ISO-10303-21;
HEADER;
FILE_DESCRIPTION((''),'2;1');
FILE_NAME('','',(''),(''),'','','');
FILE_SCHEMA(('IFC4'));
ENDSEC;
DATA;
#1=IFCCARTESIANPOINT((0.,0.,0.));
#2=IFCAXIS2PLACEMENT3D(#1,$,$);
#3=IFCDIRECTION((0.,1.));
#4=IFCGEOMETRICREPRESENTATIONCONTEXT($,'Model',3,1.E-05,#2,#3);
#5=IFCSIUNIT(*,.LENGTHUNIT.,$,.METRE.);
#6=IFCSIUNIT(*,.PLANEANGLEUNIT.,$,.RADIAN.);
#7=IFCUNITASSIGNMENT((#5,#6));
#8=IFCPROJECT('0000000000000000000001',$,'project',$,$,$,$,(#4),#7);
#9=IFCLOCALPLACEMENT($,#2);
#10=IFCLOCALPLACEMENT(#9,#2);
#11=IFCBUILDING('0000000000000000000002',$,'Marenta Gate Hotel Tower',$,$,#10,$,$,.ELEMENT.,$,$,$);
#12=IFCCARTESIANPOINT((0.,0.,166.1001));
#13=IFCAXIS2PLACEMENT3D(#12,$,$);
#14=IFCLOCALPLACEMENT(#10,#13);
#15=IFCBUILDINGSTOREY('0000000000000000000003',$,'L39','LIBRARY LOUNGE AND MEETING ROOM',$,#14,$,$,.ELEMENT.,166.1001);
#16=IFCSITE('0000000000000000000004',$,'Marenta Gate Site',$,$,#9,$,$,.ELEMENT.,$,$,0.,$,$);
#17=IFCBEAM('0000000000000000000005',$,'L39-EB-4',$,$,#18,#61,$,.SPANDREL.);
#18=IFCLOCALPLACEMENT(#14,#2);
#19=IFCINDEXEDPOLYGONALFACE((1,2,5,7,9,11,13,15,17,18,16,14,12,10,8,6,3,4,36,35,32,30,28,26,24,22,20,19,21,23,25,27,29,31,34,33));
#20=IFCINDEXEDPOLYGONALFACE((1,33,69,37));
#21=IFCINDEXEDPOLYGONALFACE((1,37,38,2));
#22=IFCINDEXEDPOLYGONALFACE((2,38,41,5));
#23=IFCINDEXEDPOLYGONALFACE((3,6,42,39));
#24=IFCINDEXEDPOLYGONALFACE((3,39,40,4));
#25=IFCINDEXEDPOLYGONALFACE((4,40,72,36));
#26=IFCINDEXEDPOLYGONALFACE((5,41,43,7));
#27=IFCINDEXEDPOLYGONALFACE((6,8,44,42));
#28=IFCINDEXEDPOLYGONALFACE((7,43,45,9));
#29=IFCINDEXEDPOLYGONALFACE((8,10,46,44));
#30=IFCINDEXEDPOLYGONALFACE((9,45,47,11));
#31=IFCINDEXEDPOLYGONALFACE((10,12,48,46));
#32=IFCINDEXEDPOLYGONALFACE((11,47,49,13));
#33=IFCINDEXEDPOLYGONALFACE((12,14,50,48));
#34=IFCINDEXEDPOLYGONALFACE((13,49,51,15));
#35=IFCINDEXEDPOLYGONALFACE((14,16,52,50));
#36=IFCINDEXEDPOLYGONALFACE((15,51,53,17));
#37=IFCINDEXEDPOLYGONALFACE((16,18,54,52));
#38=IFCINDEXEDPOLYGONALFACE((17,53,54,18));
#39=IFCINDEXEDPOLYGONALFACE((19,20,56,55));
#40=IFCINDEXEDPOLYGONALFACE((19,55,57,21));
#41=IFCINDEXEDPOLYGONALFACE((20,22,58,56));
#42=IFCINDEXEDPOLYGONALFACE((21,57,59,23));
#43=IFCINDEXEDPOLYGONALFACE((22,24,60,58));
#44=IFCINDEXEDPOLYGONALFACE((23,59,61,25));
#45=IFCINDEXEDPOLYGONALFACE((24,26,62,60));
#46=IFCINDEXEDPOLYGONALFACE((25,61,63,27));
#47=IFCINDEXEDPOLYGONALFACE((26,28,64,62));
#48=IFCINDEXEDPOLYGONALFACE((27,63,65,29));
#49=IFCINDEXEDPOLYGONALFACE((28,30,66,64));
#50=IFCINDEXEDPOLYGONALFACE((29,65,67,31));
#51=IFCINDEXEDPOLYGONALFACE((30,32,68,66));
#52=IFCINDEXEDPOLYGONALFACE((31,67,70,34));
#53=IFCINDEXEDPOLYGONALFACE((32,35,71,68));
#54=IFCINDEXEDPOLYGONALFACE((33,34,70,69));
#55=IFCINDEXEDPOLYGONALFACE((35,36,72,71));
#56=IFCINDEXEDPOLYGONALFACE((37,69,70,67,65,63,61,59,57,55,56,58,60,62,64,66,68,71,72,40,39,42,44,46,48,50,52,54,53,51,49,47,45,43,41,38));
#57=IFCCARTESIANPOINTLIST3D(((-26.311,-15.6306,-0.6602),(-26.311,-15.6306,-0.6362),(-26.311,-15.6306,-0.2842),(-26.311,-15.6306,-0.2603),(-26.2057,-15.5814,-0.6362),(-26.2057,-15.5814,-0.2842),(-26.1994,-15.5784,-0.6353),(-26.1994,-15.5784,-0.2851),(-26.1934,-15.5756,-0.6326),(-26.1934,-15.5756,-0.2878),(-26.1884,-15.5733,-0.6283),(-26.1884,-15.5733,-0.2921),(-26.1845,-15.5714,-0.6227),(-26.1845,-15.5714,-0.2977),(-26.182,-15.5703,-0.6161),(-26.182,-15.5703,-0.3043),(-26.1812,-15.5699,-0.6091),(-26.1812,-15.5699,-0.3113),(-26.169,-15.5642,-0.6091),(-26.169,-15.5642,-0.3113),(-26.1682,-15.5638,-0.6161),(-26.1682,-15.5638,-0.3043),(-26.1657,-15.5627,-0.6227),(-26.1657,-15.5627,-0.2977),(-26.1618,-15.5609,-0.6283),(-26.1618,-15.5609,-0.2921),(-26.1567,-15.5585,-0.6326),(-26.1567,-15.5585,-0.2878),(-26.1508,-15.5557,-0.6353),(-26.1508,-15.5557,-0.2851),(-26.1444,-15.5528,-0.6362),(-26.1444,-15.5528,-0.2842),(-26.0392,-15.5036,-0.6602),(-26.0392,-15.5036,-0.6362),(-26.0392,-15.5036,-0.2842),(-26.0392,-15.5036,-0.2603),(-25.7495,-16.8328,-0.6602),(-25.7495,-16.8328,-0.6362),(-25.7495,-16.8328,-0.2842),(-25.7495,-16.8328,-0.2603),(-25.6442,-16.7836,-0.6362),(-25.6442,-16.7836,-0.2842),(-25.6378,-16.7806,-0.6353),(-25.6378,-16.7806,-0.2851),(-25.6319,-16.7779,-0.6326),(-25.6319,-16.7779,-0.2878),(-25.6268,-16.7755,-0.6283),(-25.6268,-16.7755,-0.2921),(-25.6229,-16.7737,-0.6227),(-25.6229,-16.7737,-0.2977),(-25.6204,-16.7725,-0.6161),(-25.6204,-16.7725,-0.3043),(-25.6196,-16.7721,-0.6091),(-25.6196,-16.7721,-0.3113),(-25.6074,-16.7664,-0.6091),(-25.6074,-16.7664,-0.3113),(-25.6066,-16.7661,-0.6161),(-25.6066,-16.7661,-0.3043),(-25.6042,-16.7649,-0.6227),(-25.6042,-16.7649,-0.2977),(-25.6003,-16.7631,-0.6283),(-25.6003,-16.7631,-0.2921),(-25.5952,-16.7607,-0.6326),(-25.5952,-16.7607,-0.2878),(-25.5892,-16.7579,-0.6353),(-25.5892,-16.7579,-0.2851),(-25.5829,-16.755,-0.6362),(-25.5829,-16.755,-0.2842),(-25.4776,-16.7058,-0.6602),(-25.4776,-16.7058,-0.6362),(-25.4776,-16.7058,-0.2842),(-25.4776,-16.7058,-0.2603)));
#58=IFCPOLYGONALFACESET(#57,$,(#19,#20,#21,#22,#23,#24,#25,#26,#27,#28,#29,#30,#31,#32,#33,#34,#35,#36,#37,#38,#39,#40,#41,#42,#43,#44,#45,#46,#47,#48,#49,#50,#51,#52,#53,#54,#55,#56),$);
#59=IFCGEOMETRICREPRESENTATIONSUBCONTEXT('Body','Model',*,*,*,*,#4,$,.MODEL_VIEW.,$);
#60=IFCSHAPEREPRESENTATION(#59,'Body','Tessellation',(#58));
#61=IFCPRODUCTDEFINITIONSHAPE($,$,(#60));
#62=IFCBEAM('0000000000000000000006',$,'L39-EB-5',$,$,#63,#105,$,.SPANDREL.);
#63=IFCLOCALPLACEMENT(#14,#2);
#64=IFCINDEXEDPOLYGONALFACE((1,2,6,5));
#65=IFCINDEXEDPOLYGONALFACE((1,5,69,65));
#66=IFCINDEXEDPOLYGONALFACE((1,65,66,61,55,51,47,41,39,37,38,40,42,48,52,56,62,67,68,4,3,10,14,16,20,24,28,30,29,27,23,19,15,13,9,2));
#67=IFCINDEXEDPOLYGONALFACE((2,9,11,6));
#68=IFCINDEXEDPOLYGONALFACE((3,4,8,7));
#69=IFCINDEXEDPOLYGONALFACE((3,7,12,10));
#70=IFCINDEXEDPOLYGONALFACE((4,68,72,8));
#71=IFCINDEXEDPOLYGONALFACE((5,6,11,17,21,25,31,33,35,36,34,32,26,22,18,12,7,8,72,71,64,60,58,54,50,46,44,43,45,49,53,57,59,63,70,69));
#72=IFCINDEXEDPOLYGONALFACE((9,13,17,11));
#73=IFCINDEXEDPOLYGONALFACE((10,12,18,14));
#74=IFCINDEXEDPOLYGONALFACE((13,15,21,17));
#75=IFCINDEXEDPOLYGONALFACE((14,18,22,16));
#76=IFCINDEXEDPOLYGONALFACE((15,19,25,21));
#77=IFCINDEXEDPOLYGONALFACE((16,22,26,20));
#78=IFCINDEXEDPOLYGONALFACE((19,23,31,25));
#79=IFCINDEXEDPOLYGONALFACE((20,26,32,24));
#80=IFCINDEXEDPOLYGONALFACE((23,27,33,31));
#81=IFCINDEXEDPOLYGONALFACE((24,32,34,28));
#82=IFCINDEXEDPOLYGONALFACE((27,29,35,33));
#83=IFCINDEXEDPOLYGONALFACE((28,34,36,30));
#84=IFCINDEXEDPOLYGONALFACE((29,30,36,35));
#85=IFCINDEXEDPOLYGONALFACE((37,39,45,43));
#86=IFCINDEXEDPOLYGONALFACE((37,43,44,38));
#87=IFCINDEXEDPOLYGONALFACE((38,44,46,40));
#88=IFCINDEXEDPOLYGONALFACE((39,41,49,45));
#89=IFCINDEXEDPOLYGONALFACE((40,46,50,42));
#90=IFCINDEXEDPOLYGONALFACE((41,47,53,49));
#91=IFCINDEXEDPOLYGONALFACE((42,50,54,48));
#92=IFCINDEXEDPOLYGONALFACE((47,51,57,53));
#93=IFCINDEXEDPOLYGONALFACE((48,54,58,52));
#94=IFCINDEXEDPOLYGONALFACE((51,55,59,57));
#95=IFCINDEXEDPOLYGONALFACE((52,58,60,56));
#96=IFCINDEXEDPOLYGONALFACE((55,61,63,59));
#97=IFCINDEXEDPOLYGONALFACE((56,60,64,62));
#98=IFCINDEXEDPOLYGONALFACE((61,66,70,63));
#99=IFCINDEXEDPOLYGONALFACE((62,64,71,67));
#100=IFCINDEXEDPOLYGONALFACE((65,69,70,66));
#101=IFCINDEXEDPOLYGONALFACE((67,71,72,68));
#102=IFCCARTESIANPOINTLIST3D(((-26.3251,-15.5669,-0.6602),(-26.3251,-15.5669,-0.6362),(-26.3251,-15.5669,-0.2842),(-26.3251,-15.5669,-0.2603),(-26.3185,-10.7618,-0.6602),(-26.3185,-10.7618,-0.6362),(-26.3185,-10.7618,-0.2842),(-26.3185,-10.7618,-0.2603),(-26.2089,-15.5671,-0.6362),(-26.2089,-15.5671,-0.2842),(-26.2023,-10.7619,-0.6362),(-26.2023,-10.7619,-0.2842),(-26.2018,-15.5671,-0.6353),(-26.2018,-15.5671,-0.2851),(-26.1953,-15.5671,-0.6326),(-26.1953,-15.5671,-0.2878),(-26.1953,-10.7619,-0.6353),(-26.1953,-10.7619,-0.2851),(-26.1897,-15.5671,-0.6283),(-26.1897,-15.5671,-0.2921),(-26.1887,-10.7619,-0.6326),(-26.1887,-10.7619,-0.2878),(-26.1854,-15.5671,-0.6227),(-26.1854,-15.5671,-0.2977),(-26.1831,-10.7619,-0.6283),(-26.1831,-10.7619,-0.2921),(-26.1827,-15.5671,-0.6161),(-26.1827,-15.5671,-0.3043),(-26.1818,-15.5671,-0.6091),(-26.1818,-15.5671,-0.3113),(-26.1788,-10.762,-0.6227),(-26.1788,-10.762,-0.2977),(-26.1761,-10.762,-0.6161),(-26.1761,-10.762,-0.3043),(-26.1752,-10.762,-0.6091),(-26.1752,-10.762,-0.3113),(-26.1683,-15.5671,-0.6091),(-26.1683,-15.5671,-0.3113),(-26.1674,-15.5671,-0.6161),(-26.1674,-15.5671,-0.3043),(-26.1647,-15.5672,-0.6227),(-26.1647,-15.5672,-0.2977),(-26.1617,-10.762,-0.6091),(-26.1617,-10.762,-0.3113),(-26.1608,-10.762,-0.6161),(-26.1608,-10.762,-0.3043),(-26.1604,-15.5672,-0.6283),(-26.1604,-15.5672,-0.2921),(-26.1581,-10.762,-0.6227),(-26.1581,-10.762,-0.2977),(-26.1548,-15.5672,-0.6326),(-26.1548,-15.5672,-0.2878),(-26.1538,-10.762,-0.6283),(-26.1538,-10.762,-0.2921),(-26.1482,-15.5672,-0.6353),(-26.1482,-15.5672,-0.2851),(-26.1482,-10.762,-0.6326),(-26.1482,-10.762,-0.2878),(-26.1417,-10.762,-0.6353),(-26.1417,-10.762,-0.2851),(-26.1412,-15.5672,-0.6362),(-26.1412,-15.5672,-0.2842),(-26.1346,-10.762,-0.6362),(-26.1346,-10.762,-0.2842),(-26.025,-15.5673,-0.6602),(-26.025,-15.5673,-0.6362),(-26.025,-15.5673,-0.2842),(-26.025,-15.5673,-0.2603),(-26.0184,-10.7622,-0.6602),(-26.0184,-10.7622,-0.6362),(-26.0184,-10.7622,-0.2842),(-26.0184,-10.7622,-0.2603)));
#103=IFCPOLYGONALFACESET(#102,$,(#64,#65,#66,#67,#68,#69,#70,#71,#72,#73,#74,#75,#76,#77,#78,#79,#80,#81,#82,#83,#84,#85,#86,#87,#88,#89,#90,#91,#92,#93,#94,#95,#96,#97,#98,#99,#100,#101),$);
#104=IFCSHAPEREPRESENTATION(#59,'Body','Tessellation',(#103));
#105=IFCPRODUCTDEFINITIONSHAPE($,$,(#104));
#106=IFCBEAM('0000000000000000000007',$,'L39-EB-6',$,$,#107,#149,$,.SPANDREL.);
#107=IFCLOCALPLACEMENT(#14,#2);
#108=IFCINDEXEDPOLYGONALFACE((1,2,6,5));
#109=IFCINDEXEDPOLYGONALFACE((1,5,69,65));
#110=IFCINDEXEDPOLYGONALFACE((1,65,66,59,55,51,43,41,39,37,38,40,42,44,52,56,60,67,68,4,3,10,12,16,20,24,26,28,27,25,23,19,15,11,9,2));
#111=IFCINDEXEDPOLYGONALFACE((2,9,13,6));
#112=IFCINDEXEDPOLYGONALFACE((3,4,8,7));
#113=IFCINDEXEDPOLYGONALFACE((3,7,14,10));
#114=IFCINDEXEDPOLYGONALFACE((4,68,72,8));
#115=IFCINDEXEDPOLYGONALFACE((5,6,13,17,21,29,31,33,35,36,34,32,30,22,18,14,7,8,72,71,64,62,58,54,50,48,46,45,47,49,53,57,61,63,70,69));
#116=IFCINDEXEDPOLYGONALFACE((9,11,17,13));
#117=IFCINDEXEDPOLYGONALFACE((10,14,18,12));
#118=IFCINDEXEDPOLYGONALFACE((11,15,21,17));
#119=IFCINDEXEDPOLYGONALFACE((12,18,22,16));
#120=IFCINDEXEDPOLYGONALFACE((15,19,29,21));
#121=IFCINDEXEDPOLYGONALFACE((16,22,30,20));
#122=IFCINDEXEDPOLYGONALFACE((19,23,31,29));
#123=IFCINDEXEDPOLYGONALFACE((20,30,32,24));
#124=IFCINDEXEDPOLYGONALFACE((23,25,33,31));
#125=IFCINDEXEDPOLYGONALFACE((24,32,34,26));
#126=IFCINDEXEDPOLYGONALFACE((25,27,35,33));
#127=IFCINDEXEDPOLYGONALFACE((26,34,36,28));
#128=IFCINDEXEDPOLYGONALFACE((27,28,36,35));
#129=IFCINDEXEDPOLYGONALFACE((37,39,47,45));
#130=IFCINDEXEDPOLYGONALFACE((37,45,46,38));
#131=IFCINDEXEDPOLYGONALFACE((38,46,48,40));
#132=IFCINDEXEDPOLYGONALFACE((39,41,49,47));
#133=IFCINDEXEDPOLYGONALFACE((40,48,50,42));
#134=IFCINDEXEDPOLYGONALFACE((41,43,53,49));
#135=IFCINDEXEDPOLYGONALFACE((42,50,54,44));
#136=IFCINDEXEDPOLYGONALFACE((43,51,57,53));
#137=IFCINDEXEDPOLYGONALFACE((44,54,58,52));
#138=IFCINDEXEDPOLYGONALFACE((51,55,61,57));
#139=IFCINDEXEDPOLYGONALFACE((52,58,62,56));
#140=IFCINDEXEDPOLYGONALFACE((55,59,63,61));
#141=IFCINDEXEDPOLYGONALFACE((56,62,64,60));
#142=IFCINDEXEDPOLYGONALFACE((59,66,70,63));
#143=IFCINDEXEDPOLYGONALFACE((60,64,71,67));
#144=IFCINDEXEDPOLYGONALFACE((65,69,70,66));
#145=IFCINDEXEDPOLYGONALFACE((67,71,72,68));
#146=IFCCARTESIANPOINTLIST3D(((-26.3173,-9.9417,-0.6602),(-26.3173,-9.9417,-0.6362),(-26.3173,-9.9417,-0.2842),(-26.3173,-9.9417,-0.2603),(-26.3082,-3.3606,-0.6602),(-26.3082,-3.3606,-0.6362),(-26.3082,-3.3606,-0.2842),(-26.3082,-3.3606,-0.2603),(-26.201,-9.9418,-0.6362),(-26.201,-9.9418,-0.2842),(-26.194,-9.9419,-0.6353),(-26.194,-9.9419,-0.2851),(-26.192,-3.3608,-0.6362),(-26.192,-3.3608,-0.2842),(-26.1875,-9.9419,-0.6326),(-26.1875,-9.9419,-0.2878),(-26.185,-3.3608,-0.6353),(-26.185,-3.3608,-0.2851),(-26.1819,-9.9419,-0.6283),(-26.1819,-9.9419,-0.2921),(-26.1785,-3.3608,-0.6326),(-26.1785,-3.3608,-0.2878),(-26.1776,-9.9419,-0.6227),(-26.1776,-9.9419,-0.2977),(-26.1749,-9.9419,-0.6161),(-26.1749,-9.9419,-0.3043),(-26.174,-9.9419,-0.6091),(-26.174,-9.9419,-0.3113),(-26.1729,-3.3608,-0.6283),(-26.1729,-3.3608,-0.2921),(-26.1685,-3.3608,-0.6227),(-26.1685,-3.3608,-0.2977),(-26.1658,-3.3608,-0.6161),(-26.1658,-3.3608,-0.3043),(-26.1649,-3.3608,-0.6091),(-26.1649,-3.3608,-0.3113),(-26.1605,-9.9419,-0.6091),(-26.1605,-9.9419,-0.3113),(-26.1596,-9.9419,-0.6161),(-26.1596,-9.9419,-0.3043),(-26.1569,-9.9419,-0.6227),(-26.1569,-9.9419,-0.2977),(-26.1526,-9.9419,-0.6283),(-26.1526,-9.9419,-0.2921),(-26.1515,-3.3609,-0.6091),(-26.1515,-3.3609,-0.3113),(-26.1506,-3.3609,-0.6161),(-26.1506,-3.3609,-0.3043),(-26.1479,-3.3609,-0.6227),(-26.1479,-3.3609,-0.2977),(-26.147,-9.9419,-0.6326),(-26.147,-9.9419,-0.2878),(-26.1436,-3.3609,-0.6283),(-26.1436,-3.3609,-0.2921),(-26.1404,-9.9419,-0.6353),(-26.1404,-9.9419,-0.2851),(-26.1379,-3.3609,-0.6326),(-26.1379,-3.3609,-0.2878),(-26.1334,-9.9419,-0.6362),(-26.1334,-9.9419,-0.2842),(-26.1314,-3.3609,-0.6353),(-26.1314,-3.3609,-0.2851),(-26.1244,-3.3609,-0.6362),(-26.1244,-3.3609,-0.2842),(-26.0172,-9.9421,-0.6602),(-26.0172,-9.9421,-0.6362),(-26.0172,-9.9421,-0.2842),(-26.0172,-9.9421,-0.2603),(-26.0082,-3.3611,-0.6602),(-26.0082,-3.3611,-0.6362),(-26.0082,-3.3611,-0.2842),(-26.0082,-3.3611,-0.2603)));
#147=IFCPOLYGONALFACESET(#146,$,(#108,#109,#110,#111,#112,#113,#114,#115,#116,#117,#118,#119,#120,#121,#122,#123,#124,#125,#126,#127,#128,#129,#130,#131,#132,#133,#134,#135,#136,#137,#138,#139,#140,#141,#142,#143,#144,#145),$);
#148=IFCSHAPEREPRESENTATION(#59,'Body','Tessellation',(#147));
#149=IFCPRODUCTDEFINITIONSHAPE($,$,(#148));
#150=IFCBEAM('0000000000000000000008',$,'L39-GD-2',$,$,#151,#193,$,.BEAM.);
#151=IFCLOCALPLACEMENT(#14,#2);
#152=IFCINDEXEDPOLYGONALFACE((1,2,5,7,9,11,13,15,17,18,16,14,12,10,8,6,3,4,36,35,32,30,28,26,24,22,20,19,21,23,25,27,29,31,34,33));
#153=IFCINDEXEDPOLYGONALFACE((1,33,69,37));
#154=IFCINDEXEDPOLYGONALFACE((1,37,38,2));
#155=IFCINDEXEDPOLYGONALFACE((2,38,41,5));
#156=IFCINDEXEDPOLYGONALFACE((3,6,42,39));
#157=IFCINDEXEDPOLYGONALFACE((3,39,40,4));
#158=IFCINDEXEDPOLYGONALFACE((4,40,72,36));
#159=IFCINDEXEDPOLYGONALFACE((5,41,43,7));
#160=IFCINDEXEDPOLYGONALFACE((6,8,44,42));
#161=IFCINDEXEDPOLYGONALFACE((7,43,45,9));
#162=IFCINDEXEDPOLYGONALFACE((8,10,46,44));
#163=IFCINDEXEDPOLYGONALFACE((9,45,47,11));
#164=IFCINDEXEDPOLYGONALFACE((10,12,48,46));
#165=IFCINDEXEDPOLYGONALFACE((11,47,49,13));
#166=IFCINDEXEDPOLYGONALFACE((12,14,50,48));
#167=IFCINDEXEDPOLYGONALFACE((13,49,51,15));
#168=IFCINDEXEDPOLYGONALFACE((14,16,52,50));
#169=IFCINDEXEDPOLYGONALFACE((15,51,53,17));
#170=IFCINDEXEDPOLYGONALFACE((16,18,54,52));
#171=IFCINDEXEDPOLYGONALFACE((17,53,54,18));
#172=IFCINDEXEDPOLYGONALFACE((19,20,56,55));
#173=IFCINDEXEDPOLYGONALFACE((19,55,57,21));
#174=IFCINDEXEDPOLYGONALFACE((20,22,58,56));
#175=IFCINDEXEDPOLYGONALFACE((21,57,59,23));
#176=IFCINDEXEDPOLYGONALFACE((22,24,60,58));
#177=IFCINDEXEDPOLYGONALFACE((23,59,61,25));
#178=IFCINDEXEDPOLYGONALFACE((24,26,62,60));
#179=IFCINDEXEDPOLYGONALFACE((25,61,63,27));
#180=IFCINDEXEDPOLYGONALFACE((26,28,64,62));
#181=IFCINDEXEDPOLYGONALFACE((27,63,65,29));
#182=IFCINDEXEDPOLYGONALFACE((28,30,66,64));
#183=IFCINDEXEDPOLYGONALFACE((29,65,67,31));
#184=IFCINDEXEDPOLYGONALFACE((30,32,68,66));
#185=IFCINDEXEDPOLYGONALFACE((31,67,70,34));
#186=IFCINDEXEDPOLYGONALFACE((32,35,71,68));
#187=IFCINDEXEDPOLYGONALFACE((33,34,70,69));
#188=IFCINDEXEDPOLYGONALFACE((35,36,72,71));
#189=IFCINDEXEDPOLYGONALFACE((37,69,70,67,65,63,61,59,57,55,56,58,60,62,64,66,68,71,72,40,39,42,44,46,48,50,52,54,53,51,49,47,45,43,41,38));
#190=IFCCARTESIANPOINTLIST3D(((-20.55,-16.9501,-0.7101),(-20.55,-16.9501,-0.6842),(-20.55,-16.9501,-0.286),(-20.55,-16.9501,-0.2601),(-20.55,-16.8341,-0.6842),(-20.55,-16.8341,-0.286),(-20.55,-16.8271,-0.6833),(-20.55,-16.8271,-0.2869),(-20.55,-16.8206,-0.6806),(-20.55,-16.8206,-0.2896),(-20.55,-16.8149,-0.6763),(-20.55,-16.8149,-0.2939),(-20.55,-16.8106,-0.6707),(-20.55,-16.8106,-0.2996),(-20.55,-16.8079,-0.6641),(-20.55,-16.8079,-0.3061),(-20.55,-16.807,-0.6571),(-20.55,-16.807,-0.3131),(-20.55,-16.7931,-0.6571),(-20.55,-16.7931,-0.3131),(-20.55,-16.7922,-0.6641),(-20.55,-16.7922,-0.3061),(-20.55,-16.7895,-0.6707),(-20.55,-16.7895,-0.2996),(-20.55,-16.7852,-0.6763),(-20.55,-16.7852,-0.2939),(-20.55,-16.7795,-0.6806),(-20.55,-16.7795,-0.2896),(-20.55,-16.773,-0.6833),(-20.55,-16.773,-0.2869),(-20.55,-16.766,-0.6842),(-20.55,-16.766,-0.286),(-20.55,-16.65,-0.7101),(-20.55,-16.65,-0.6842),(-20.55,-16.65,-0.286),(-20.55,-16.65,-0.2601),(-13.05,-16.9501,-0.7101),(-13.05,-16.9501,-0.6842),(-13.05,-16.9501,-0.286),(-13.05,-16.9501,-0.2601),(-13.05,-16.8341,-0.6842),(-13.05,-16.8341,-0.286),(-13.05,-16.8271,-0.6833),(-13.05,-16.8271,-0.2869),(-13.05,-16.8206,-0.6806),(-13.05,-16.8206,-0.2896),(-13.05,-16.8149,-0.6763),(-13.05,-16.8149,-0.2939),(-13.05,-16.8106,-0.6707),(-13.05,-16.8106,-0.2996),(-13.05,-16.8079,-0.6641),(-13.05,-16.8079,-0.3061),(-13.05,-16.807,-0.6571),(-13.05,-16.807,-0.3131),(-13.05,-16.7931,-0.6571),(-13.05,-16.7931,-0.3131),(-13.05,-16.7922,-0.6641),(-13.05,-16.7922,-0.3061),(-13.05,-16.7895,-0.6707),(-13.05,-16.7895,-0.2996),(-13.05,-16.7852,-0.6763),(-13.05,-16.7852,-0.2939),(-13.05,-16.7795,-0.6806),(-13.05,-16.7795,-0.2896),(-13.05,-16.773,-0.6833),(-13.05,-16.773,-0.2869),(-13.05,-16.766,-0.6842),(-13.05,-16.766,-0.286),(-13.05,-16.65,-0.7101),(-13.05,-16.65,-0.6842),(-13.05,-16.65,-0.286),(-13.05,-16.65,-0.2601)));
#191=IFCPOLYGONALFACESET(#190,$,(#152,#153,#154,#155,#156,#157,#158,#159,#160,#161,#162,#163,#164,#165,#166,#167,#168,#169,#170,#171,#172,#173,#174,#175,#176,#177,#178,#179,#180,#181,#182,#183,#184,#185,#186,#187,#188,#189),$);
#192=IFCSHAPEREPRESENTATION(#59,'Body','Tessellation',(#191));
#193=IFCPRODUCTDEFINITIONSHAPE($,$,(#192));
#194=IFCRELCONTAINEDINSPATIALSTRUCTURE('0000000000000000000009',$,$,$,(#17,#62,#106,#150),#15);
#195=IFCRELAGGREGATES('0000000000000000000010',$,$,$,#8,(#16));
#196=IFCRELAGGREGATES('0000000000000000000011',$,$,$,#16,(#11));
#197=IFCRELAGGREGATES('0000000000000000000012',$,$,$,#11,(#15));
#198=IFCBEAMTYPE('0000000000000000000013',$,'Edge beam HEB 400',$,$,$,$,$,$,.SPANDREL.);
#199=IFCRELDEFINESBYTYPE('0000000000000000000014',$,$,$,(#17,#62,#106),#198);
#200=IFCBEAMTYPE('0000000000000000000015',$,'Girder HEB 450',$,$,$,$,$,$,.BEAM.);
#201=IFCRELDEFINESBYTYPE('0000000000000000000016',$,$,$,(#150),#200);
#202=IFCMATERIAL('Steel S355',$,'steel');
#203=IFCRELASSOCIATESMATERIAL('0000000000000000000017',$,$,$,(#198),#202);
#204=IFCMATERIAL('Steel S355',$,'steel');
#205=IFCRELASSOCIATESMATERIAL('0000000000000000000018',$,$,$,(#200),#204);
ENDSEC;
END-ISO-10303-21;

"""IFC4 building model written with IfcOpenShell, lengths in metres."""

from ifc_helpers import new_model, si_unit, direction, frame, origin, origin_2d, place, context, subcontext, project, spatial, i_section, extrude, material, material_profile, profile_set, type_object, element, save


model = new_model("IFC4")

# Units and contexts
model_context = context("Model", 3, precision=1e-05, world=origin(), true_north=direction((0.0, 1.0)))
body_context = subcontext(model_context, "Body", "Model", "MODEL_VIEW")
ifc_project = project(units=[si_unit("LENGTHUNIT", "METRE"), si_unit("PLANEANGLEUNIT", "RADIAN")], contexts=[model_context])

# Site, building, storey
site_placement = place(None, origin())
site = spatial("IfcSite", under=ifc_project, at=site_placement, Name="Marenta Gate Site", CompositionType="ELEMENT", RefElevation=0.0)
building_placement = place(site_placement, origin())
building = spatial("IfcBuilding", under=site, at=building_placement, Name="Marenta Gate Hotel Tower", CompositionType="ELEMENT")
storey_placement = place(building_placement, frame((0.0, 0.0, 166.1001)))
storey = spatial("IfcBuildingStorey", under=building, at=storey_placement, Name="L39", Description="LIBRARY LOUNGE AND MEETING ROOM", CompositionType="ELEMENT", Elevation=166.1001)

# Beams
ifc_material_1 = material(Name="Steel S355", Category="steel")
ifc_material_profile_1 = material_profile(ifc_material_1, i_section(OverallWidth=0.3, OverallDepth=0.3999, WebThickness=0.0134, FlangeThickness=0.0239, FilletRadius=0.0271, at=origin_2d()), Name="HEB 400")
ifc_profile_set_1 = profile_set([ifc_material_profile_1], Name="Steel S355")
beam_type_1 = type_object("IfcBeamType", Name="Edge beam HEB 400", PredefinedType="SPANDREL", material=ifc_profile_set_1)
beam_1_placement = place(storey_placement, frame((-25.6135, -16.7693, -0.4602), z_axis=(-0.423208, 0.906033, 0.0), x_axis=(-0.906033, -0.423208, 0.0)))
element("IfcBeam", 1, at=beam_1_placement, inside=storey, type_object=beam_type_1, Name="L39-EB-4", PredefinedType="SPANDREL", context=body_context, shape_type="SweptSolid", body=[
    extrude(i_section(OverallWidth=0.3, OverallDepth=0.3999, WebThickness=0.0134, FlangeThickness=0.0239, FilletRadius=0.0271, at=origin_2d()), origin(), (0.0, 0.0, 1.0), 1.3269),
])
beam_2_placement = place(storey_placement, frame((-26.175, -15.5671, -0.4602), z_axis=(0.001372, 0.999999, 0.0), x_axis=(-0.999999, 0.001372, 0.0)))
element("IfcBeam", 2, at=beam_2_placement, inside=storey, type_object=beam_type_1, Name="L39-EB-5", PredefinedType="SPANDREL", context=body_context, shape_type="SweptSolid", body=[
    extrude(i_section(OverallWidth=0.3, OverallDepth=0.3999, WebThickness=0.0134, FlangeThickness=0.0239, FilletRadius=0.0271, at=origin_2d()), origin(), (0.0, 0.0, 1.0), 4.8052),
])
beam_3_placement = place(storey_placement, frame((-26.1672, -9.9419, -0.4602), z_axis=(0.001373, 0.999999, 0.0), x_axis=(-0.999999, 0.001373, 0.0)))
element("IfcBeam", 3, at=beam_3_placement, inside=storey, type_object=beam_type_1, Name="L39-EB-6", PredefinedType="SPANDREL", context=body_context, shape_type="SweptSolid", body=[
    extrude(i_section(OverallWidth=0.3, OverallDepth=0.3999, WebThickness=0.0134, FlangeThickness=0.0239, FilletRadius=0.0271, at=origin_2d()), origin(), (0.0, 0.0, 1.0), 6.5811),
])
ifc_material_2 = material(Name="Steel S355", Category="steel")
ifc_material_profile_2 = material_profile(ifc_material_2, i_section(OverallWidth=0.3, OverallDepth=0.45, WebThickness=0.0139, FlangeThickness=0.0259, FilletRadius=0.0271, at=origin_2d()), Name="HEB 450")
ifc_profile_set_2 = profile_set([ifc_material_profile_2], Name="Steel S355")
beam_type_2 = type_object("IfcBeamType", Name="Girder HEB 450", PredefinedType="BEAM", material=ifc_profile_set_2)
beam_4_placement = place(storey_placement, frame((-20.55, -16.8, -0.4851), z_axis=(1.0, 0.0, 0.0), x_axis=(0.0, 1.0, 0.0)))
element("IfcBeam", 4, at=beam_4_placement, inside=storey, type_object=beam_type_2, Name="L39-GD-2", PredefinedType="BEAM", context=body_context, shape_type="SweptSolid", body=[
    extrude(i_section(OverallWidth=0.3, OverallDepth=0.45, WebThickness=0.0139, FlangeThickness=0.0259, FilletRadius=0.0271, at=origin_2d()), origin(), (0.0, 0.0, 1.0), 7.5),
])

save(model, "model.ifc")
